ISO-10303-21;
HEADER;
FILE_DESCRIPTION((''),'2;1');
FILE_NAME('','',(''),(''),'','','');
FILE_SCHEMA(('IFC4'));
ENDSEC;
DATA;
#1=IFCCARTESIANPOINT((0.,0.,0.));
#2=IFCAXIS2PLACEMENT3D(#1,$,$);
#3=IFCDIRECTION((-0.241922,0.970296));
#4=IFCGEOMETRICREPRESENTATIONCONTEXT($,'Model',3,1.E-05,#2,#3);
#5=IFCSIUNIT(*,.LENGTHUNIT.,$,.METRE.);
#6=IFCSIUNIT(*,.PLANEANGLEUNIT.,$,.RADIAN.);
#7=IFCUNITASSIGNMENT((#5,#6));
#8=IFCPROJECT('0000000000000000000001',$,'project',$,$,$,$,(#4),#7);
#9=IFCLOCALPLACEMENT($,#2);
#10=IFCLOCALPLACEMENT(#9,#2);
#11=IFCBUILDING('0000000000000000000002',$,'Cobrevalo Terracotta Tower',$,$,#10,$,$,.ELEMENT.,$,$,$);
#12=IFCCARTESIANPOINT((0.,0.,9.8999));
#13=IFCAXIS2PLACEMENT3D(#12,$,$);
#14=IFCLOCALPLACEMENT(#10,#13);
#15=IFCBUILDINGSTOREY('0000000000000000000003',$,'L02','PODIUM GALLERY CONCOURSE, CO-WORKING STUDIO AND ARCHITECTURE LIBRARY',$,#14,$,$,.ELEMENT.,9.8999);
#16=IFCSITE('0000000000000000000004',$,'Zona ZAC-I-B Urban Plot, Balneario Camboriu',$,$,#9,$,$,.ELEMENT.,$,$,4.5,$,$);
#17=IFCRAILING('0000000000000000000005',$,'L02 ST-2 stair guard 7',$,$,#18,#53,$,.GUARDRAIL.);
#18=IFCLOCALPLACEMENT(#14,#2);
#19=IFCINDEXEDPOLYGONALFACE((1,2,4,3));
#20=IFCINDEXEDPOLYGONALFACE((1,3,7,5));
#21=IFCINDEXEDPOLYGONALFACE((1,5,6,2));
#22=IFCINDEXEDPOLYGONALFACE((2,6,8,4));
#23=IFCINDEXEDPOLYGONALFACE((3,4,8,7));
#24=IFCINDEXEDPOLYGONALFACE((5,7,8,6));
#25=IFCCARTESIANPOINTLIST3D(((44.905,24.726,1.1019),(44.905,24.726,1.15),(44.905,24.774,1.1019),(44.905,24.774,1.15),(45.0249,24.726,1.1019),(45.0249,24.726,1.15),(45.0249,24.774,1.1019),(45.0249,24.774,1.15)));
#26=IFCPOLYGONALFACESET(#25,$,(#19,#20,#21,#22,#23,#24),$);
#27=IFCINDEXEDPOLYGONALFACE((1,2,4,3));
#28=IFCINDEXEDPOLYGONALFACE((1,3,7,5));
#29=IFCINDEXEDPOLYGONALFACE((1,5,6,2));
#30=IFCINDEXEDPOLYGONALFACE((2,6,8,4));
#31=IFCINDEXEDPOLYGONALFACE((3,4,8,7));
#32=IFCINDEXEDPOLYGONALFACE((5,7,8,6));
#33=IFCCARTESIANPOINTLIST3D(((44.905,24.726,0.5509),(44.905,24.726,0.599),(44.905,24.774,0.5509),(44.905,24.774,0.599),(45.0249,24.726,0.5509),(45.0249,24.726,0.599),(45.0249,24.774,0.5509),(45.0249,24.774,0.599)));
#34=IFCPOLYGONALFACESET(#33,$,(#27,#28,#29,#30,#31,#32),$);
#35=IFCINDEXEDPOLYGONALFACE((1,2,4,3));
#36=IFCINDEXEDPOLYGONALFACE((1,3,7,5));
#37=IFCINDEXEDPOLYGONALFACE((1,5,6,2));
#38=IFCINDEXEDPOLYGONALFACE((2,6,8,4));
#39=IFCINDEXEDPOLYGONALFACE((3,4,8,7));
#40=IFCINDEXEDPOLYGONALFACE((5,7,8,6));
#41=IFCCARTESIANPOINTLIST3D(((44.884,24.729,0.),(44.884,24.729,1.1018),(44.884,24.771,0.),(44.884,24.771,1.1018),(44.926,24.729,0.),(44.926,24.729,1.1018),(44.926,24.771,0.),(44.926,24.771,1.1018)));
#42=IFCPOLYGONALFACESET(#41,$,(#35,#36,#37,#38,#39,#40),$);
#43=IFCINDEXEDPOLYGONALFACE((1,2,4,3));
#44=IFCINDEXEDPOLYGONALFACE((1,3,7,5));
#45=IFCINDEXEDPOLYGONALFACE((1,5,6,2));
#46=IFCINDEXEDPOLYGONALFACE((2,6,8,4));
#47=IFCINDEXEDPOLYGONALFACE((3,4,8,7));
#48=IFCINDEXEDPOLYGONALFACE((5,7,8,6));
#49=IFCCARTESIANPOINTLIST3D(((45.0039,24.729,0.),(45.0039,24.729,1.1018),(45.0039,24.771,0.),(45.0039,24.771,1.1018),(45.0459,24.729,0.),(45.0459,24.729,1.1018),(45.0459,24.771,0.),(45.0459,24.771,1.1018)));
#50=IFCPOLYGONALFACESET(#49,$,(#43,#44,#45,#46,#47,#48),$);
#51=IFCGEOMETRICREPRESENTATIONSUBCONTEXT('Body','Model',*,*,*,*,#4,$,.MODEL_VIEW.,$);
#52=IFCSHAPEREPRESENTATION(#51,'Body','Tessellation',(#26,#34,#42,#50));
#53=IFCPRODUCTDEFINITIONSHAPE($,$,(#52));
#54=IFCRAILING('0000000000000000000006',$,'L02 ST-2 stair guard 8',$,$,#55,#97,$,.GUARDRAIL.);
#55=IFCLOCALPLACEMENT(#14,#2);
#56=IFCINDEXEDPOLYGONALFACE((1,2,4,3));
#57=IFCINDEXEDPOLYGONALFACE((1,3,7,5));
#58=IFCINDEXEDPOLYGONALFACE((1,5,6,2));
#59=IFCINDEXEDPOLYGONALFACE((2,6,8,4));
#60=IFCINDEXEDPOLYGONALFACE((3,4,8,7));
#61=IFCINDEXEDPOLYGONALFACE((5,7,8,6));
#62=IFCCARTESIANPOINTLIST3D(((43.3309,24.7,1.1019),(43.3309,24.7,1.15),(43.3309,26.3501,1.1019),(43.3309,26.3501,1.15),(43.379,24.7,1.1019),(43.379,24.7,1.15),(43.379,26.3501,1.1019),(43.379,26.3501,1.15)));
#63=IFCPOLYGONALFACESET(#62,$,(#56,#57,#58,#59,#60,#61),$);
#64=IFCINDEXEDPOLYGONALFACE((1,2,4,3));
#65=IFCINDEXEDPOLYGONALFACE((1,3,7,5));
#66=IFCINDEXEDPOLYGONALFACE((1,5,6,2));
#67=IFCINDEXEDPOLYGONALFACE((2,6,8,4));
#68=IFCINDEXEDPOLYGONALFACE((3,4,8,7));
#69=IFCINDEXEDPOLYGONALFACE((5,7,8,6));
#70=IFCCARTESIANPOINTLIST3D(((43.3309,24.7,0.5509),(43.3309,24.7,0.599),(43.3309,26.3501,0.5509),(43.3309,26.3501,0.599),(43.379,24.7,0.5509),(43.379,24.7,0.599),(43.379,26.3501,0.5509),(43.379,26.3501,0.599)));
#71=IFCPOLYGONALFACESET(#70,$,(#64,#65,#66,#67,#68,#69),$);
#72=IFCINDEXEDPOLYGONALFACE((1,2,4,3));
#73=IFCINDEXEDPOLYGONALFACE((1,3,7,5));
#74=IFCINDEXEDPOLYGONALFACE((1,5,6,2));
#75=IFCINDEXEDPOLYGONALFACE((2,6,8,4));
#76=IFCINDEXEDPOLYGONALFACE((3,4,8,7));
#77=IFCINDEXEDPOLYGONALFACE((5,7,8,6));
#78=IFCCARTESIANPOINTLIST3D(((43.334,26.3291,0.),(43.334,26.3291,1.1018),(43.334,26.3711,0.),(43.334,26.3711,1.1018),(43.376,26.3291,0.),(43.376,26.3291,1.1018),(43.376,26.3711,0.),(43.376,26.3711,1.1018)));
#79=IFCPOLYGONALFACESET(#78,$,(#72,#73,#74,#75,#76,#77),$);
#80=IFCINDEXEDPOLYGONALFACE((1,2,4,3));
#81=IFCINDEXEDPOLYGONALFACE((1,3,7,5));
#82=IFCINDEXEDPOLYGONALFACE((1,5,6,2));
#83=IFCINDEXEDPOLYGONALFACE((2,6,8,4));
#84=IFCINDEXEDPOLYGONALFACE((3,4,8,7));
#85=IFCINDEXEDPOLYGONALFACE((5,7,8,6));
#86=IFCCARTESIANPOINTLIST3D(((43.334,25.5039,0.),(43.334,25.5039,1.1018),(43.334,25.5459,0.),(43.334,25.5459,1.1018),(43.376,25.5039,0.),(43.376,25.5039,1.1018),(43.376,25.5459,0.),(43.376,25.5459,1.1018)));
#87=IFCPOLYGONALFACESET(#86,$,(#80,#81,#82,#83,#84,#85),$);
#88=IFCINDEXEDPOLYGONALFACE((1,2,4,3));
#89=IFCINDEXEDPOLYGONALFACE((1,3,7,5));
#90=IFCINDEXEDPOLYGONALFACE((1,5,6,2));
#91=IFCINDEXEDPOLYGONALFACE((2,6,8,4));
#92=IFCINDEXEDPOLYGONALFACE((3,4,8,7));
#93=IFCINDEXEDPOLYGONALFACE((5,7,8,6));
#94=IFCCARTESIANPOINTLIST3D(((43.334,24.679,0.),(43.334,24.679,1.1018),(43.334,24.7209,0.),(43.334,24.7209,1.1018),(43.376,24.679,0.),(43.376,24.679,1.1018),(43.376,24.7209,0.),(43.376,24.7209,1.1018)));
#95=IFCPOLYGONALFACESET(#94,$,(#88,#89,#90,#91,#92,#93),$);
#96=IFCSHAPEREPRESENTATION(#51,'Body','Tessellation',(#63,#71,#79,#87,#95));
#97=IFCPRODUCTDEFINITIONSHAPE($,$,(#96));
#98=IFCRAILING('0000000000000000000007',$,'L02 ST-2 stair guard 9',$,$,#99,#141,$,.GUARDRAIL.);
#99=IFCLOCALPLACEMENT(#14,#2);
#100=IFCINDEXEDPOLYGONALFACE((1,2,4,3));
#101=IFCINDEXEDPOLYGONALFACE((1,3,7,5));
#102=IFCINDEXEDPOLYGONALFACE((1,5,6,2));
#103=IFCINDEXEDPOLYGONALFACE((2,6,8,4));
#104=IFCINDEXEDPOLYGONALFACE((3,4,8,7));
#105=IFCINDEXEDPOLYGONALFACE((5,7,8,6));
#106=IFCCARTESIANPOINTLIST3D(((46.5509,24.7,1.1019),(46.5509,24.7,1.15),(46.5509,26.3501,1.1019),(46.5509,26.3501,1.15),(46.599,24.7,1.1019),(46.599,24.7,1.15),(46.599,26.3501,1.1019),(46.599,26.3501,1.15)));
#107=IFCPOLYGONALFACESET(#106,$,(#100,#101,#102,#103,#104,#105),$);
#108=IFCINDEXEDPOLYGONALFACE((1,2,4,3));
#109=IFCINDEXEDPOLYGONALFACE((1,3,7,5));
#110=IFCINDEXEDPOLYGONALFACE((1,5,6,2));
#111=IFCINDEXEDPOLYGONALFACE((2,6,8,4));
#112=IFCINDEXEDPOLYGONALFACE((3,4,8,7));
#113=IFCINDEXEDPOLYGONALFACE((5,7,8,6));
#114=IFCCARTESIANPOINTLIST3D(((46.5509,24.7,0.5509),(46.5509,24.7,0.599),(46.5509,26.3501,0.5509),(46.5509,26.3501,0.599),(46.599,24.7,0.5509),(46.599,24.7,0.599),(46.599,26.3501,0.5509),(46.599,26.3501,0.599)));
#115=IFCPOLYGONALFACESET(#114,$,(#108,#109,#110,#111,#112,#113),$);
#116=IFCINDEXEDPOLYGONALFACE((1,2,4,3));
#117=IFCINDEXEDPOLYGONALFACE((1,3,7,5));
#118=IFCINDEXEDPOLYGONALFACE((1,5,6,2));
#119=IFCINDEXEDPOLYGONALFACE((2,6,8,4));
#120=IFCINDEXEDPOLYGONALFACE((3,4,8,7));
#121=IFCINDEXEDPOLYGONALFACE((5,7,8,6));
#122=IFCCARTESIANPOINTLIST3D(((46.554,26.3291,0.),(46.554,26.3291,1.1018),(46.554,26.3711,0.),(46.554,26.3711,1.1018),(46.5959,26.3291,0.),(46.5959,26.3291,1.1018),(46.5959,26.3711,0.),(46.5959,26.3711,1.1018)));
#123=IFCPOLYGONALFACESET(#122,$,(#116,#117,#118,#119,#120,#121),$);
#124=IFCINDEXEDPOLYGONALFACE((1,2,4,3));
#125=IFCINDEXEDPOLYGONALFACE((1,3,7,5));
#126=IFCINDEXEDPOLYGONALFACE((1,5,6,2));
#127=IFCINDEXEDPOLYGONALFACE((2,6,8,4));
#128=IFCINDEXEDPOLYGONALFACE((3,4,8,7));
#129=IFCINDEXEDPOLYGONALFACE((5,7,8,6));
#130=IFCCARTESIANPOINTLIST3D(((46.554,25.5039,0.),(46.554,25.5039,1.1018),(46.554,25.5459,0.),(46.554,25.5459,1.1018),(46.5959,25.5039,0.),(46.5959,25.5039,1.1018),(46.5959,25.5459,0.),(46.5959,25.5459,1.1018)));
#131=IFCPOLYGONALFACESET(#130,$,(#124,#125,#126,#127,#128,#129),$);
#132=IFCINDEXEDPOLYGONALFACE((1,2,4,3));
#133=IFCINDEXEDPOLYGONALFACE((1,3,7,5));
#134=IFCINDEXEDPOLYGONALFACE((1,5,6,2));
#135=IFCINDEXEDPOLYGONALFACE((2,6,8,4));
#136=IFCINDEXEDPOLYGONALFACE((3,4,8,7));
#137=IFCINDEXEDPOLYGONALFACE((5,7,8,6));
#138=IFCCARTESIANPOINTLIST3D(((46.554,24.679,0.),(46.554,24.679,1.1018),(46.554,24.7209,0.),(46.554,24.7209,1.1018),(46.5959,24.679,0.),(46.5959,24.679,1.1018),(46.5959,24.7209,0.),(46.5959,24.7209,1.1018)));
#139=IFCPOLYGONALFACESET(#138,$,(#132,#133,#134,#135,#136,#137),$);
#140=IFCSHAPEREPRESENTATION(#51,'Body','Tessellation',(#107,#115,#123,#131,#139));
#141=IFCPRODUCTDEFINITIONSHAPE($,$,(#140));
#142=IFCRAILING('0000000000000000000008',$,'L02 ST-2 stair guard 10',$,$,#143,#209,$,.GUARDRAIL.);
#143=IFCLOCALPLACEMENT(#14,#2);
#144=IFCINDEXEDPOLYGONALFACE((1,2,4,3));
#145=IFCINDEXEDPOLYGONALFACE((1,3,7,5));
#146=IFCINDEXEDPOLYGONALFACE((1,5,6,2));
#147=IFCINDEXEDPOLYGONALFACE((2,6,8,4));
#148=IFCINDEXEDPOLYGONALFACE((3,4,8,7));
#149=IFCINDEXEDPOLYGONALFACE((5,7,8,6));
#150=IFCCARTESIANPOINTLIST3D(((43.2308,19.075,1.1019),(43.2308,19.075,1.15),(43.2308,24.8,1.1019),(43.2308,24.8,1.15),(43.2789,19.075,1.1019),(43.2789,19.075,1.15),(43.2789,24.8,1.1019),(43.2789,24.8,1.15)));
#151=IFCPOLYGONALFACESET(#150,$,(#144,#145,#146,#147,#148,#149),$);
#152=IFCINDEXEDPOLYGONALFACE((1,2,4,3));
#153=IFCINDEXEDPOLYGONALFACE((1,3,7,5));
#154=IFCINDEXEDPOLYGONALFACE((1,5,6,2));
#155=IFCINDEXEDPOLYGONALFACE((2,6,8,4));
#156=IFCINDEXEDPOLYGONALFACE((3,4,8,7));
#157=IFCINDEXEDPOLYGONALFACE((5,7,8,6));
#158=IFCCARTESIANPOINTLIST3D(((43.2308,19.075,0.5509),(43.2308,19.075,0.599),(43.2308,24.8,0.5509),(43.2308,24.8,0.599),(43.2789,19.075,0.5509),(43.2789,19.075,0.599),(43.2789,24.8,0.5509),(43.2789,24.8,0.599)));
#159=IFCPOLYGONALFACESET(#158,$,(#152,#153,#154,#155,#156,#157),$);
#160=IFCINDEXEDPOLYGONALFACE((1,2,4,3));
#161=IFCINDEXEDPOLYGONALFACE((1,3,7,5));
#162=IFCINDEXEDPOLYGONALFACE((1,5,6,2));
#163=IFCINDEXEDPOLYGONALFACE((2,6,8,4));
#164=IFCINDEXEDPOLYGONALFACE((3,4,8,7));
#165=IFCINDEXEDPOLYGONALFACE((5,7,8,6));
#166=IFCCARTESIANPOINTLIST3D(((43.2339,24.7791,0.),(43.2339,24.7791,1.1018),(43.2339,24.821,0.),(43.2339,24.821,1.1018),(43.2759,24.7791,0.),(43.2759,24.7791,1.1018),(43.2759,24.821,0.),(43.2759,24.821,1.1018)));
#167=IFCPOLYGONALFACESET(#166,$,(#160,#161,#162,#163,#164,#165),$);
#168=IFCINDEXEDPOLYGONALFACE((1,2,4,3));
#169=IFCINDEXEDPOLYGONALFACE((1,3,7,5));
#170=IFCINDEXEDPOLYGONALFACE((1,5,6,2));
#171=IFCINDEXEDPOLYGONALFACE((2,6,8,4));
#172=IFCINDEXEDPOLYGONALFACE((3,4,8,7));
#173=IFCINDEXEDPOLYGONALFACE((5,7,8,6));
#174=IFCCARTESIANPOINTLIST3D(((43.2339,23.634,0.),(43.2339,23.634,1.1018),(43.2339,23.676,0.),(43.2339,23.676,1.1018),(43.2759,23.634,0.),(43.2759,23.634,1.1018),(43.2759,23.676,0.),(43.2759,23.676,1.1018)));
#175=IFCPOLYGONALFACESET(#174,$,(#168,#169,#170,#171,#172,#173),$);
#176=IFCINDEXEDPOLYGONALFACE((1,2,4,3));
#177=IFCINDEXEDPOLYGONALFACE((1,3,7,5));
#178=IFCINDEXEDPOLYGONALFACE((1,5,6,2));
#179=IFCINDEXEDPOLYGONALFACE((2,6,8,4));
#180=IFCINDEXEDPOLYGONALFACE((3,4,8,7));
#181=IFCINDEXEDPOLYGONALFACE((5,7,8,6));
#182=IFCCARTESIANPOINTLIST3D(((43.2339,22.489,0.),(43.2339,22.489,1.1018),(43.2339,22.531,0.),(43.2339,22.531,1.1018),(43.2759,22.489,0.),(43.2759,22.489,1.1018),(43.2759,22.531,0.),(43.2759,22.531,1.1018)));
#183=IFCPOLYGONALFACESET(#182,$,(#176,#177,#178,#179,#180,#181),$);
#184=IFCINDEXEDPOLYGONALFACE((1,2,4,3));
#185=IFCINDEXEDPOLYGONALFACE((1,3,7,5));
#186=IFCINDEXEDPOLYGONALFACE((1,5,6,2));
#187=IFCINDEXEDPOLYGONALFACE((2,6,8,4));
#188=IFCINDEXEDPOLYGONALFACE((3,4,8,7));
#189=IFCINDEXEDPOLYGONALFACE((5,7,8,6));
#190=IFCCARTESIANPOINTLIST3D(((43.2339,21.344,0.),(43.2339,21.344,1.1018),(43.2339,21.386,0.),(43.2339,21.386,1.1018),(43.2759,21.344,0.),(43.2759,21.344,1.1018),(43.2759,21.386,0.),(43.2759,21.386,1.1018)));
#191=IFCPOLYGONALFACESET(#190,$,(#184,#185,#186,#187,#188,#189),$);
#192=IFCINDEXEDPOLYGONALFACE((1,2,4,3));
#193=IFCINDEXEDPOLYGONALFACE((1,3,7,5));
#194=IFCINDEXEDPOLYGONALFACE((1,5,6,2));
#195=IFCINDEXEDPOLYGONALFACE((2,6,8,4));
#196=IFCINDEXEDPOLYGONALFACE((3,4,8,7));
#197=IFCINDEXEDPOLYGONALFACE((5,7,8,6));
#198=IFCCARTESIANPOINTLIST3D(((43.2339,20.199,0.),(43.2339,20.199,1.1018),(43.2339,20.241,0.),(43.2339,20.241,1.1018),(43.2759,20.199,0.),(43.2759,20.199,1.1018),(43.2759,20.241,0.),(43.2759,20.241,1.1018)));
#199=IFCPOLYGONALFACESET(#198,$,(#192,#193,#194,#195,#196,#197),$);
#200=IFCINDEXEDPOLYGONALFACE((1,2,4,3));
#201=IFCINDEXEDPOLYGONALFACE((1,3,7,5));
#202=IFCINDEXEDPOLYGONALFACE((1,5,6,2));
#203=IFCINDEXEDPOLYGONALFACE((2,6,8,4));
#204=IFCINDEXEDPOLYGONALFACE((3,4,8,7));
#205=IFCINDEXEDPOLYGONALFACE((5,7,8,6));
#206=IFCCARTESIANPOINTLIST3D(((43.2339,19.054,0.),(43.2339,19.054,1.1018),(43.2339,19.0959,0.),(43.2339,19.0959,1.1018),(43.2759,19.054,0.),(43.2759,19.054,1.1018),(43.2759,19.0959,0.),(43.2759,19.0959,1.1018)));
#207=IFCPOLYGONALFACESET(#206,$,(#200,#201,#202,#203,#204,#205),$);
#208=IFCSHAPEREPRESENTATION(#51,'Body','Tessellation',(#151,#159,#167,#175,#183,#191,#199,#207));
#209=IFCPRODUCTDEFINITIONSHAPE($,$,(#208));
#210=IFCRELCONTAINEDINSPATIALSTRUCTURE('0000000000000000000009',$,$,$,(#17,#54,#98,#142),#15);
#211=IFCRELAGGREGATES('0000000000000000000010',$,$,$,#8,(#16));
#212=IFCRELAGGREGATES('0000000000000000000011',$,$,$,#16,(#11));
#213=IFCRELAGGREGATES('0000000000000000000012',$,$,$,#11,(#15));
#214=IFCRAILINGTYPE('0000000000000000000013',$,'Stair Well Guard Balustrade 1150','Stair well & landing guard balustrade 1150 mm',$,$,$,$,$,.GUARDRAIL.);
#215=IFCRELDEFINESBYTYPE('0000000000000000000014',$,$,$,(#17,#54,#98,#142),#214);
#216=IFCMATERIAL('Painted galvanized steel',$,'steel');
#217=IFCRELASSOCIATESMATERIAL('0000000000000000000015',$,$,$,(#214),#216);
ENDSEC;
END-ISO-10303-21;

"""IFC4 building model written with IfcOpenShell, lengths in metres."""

from ifc_helpers import new_model, si_unit, direction, frame, origin, origin_2d, place, context, subcontext, project, spatial, rectangle, extrude, material, type_object, element, save


model = new_model("IFC4")

# Units and contexts
model_context = context("Model", 3, precision=1e-05, world=origin(), true_north=direction((-0.241922, 0.970296)))
body_context = subcontext(model_context, "Body", "Model", "MODEL_VIEW")
ifc_project = project(units=[si_unit("LENGTHUNIT", "METRE"), si_unit("PLANEANGLEUNIT", "RADIAN")], contexts=[model_context])

# Site, building, storey
site_placement = place(None, origin())
site = spatial("IfcSite", under=ifc_project, at=site_placement, Name="Zona ZAC-I-B Urban Plot, Balneario Camboriu", CompositionType="ELEMENT", RefElevation=4.5)
building_placement = place(site_placement, origin())
building = spatial("IfcBuilding", under=site, at=building_placement, Name="Cobrevalo Terracotta Tower", CompositionType="ELEMENT")
storey_placement = place(building_placement, frame((0.0, 0.0, 9.8999)))
storey = spatial("IfcBuildingStorey", under=building, at=storey_placement, Name="L02", Description="PODIUM GALLERY CONCOURSE, CO-WORKING STUDIO AND ARCHITECTURE LIBRARY", CompositionType="ELEMENT", Elevation=9.8999)

# Railings
ifc_material_1 = material(Name="Painted galvanized steel", Category="steel")
railing_type = type_object("IfcRailingType", Name="Stair Well Guard Balustrade 1150", Description="Stair well & landing guard balustrade 1150 mm", PredefinedType="GUARDRAIL", material=ifc_material_1)
railing_1_placement = place(storey_placement, frame((44.905, 24.75, 0.0)))
element("IfcRailing", 1, at=railing_1_placement, inside=storey, type_object=railing_type, Name="L02 ST-2 stair guard 7", PredefinedType="GUARDRAIL", context=body_context, shape_type="SweptSolid", body=[
    extrude(rectangle(XDim=0.0481, YDim=0.0481, at=origin_2d()), frame((0.0, 0.0, 1.126), z_axis=(1.0, 0.0, 0.0), x_axis=(0.0, 1.0, 0.0)), (0.0, 0.0, 1.0), 0.1199),
    extrude(rectangle(XDim=0.0481, YDim=0.0481, at=origin_2d()), frame((0.0, 0.0, 0.575), z_axis=(1.0, 0.0, 0.0), x_axis=(0.0, 1.0, 0.0)), (0.0, 0.0, 1.0), 0.1199),
    extrude(rectangle(XDim=0.042, YDim=0.042, at=origin_2d()), origin(), (0.0, 0.0, 1.0), 1.1018),
    extrude(rectangle(XDim=0.042, YDim=0.042, at=origin_2d()), frame((0.1199, 0.0, 0.0)), (0.0, 0.0, 1.0), 1.1018),
])
for number, where, name in (
    (2, (43.355, 26.3501, 0.0), "L02 ST-2 stair guard 8"),
    (3, (46.575, 26.3501, 0.0), "L02 ST-2 stair guard 9"),
):
    element("IfcRailing", number, at=place(storey_placement, frame(where)), inside=storey, type_object=railing_type, Name=name, PredefinedType="GUARDRAIL", context=body_context, shape_type="SweptSolid", body=[
        extrude(rectangle(XDim=0.0481, YDim=0.0481, at=origin_2d()), frame((0.0, 0.0, 1.126), z_axis=(0.0, -1.0, 0.0), x_axis=(1.0, 0.0, 0.0)), (0.0, 0.0, 1.0), 1.6501),
        extrude(rectangle(XDim=0.0481, YDim=0.0481, at=origin_2d()), frame((0.0, 0.0, 0.575), z_axis=(0.0, -1.0, 0.0), x_axis=(1.0, 0.0, 0.0)), (0.0, 0.0, 1.0), 1.6501),
        extrude(rectangle(XDim=0.042, YDim=0.042, at=origin_2d()), origin(), (0.0, 0.0, 1.0), 1.1018),
        extrude(rectangle(XDim=0.042, YDim=0.042, at=origin_2d()), frame((0.0, -0.8252, 0.0)), (0.0, 0.0, 1.0), 1.1018),
        extrude(rectangle(XDim=0.042, YDim=0.042, at=origin_2d()), frame((0.0, -1.6501, 0.0)), (0.0, 0.0, 1.0), 1.1018),
    ])
for number, where, name in (
    (4, (43.2549, 24.8, 0.0), "L02 ST-2 stair guard 10"),
):
    element("IfcRailing", number, at=place(storey_placement, frame(where)), inside=storey, type_object=railing_type, Name=name, PredefinedType="GUARDRAIL", context=body_context, shape_type="SweptSolid", body=[
        extrude(rectangle(XDim=0.0481, YDim=0.0481, at=origin_2d()), frame((0.0, 0.0, 1.126), z_axis=(0.0, -1.0, 0.0), x_axis=(1.0, 0.0, 0.0)), (0.0, 0.0, 1.0), 5.7251),
        extrude(rectangle(XDim=0.0481, YDim=0.0481, at=origin_2d()), frame((0.0, 0.0, 0.575), z_axis=(0.0, -1.0, 0.0), x_axis=(1.0, 0.0, 0.0)), (0.0, 0.0, 1.0), 5.7251),
        extrude(rectangle(XDim=0.042, YDim=0.042, at=origin_2d()), origin(), (0.0, 0.0, 1.0), 1.1018),
        extrude(rectangle(XDim=0.042, YDim=0.042, at=origin_2d()), frame((0.0, -1.145, 0.0)), (0.0, 0.0, 1.0), 1.1018),
        extrude(rectangle(XDim=0.042, YDim=0.042, at=origin_2d()), frame((0.0, -2.29, 0.0)), (0.0, 0.0, 1.0), 1.1018),
        extrude(rectangle(XDim=0.042, YDim=0.042, at=origin_2d()), frame((0.0, -3.4351, 0.0)), (0.0, 0.0, 1.0), 1.1018),
        extrude(rectangle(XDim=0.042, YDim=0.042, at=origin_2d()), frame((0.0, -4.5801, 0.0)), (0.0, 0.0, 1.0), 1.1018),
        extrude(rectangle(XDim=0.042, YDim=0.042, at=origin_2d()), frame((0.0, -5.7251, 0.0)), (0.0, 0.0, 1.0), 1.1018),
    ])

save(model, "model.ifc")
